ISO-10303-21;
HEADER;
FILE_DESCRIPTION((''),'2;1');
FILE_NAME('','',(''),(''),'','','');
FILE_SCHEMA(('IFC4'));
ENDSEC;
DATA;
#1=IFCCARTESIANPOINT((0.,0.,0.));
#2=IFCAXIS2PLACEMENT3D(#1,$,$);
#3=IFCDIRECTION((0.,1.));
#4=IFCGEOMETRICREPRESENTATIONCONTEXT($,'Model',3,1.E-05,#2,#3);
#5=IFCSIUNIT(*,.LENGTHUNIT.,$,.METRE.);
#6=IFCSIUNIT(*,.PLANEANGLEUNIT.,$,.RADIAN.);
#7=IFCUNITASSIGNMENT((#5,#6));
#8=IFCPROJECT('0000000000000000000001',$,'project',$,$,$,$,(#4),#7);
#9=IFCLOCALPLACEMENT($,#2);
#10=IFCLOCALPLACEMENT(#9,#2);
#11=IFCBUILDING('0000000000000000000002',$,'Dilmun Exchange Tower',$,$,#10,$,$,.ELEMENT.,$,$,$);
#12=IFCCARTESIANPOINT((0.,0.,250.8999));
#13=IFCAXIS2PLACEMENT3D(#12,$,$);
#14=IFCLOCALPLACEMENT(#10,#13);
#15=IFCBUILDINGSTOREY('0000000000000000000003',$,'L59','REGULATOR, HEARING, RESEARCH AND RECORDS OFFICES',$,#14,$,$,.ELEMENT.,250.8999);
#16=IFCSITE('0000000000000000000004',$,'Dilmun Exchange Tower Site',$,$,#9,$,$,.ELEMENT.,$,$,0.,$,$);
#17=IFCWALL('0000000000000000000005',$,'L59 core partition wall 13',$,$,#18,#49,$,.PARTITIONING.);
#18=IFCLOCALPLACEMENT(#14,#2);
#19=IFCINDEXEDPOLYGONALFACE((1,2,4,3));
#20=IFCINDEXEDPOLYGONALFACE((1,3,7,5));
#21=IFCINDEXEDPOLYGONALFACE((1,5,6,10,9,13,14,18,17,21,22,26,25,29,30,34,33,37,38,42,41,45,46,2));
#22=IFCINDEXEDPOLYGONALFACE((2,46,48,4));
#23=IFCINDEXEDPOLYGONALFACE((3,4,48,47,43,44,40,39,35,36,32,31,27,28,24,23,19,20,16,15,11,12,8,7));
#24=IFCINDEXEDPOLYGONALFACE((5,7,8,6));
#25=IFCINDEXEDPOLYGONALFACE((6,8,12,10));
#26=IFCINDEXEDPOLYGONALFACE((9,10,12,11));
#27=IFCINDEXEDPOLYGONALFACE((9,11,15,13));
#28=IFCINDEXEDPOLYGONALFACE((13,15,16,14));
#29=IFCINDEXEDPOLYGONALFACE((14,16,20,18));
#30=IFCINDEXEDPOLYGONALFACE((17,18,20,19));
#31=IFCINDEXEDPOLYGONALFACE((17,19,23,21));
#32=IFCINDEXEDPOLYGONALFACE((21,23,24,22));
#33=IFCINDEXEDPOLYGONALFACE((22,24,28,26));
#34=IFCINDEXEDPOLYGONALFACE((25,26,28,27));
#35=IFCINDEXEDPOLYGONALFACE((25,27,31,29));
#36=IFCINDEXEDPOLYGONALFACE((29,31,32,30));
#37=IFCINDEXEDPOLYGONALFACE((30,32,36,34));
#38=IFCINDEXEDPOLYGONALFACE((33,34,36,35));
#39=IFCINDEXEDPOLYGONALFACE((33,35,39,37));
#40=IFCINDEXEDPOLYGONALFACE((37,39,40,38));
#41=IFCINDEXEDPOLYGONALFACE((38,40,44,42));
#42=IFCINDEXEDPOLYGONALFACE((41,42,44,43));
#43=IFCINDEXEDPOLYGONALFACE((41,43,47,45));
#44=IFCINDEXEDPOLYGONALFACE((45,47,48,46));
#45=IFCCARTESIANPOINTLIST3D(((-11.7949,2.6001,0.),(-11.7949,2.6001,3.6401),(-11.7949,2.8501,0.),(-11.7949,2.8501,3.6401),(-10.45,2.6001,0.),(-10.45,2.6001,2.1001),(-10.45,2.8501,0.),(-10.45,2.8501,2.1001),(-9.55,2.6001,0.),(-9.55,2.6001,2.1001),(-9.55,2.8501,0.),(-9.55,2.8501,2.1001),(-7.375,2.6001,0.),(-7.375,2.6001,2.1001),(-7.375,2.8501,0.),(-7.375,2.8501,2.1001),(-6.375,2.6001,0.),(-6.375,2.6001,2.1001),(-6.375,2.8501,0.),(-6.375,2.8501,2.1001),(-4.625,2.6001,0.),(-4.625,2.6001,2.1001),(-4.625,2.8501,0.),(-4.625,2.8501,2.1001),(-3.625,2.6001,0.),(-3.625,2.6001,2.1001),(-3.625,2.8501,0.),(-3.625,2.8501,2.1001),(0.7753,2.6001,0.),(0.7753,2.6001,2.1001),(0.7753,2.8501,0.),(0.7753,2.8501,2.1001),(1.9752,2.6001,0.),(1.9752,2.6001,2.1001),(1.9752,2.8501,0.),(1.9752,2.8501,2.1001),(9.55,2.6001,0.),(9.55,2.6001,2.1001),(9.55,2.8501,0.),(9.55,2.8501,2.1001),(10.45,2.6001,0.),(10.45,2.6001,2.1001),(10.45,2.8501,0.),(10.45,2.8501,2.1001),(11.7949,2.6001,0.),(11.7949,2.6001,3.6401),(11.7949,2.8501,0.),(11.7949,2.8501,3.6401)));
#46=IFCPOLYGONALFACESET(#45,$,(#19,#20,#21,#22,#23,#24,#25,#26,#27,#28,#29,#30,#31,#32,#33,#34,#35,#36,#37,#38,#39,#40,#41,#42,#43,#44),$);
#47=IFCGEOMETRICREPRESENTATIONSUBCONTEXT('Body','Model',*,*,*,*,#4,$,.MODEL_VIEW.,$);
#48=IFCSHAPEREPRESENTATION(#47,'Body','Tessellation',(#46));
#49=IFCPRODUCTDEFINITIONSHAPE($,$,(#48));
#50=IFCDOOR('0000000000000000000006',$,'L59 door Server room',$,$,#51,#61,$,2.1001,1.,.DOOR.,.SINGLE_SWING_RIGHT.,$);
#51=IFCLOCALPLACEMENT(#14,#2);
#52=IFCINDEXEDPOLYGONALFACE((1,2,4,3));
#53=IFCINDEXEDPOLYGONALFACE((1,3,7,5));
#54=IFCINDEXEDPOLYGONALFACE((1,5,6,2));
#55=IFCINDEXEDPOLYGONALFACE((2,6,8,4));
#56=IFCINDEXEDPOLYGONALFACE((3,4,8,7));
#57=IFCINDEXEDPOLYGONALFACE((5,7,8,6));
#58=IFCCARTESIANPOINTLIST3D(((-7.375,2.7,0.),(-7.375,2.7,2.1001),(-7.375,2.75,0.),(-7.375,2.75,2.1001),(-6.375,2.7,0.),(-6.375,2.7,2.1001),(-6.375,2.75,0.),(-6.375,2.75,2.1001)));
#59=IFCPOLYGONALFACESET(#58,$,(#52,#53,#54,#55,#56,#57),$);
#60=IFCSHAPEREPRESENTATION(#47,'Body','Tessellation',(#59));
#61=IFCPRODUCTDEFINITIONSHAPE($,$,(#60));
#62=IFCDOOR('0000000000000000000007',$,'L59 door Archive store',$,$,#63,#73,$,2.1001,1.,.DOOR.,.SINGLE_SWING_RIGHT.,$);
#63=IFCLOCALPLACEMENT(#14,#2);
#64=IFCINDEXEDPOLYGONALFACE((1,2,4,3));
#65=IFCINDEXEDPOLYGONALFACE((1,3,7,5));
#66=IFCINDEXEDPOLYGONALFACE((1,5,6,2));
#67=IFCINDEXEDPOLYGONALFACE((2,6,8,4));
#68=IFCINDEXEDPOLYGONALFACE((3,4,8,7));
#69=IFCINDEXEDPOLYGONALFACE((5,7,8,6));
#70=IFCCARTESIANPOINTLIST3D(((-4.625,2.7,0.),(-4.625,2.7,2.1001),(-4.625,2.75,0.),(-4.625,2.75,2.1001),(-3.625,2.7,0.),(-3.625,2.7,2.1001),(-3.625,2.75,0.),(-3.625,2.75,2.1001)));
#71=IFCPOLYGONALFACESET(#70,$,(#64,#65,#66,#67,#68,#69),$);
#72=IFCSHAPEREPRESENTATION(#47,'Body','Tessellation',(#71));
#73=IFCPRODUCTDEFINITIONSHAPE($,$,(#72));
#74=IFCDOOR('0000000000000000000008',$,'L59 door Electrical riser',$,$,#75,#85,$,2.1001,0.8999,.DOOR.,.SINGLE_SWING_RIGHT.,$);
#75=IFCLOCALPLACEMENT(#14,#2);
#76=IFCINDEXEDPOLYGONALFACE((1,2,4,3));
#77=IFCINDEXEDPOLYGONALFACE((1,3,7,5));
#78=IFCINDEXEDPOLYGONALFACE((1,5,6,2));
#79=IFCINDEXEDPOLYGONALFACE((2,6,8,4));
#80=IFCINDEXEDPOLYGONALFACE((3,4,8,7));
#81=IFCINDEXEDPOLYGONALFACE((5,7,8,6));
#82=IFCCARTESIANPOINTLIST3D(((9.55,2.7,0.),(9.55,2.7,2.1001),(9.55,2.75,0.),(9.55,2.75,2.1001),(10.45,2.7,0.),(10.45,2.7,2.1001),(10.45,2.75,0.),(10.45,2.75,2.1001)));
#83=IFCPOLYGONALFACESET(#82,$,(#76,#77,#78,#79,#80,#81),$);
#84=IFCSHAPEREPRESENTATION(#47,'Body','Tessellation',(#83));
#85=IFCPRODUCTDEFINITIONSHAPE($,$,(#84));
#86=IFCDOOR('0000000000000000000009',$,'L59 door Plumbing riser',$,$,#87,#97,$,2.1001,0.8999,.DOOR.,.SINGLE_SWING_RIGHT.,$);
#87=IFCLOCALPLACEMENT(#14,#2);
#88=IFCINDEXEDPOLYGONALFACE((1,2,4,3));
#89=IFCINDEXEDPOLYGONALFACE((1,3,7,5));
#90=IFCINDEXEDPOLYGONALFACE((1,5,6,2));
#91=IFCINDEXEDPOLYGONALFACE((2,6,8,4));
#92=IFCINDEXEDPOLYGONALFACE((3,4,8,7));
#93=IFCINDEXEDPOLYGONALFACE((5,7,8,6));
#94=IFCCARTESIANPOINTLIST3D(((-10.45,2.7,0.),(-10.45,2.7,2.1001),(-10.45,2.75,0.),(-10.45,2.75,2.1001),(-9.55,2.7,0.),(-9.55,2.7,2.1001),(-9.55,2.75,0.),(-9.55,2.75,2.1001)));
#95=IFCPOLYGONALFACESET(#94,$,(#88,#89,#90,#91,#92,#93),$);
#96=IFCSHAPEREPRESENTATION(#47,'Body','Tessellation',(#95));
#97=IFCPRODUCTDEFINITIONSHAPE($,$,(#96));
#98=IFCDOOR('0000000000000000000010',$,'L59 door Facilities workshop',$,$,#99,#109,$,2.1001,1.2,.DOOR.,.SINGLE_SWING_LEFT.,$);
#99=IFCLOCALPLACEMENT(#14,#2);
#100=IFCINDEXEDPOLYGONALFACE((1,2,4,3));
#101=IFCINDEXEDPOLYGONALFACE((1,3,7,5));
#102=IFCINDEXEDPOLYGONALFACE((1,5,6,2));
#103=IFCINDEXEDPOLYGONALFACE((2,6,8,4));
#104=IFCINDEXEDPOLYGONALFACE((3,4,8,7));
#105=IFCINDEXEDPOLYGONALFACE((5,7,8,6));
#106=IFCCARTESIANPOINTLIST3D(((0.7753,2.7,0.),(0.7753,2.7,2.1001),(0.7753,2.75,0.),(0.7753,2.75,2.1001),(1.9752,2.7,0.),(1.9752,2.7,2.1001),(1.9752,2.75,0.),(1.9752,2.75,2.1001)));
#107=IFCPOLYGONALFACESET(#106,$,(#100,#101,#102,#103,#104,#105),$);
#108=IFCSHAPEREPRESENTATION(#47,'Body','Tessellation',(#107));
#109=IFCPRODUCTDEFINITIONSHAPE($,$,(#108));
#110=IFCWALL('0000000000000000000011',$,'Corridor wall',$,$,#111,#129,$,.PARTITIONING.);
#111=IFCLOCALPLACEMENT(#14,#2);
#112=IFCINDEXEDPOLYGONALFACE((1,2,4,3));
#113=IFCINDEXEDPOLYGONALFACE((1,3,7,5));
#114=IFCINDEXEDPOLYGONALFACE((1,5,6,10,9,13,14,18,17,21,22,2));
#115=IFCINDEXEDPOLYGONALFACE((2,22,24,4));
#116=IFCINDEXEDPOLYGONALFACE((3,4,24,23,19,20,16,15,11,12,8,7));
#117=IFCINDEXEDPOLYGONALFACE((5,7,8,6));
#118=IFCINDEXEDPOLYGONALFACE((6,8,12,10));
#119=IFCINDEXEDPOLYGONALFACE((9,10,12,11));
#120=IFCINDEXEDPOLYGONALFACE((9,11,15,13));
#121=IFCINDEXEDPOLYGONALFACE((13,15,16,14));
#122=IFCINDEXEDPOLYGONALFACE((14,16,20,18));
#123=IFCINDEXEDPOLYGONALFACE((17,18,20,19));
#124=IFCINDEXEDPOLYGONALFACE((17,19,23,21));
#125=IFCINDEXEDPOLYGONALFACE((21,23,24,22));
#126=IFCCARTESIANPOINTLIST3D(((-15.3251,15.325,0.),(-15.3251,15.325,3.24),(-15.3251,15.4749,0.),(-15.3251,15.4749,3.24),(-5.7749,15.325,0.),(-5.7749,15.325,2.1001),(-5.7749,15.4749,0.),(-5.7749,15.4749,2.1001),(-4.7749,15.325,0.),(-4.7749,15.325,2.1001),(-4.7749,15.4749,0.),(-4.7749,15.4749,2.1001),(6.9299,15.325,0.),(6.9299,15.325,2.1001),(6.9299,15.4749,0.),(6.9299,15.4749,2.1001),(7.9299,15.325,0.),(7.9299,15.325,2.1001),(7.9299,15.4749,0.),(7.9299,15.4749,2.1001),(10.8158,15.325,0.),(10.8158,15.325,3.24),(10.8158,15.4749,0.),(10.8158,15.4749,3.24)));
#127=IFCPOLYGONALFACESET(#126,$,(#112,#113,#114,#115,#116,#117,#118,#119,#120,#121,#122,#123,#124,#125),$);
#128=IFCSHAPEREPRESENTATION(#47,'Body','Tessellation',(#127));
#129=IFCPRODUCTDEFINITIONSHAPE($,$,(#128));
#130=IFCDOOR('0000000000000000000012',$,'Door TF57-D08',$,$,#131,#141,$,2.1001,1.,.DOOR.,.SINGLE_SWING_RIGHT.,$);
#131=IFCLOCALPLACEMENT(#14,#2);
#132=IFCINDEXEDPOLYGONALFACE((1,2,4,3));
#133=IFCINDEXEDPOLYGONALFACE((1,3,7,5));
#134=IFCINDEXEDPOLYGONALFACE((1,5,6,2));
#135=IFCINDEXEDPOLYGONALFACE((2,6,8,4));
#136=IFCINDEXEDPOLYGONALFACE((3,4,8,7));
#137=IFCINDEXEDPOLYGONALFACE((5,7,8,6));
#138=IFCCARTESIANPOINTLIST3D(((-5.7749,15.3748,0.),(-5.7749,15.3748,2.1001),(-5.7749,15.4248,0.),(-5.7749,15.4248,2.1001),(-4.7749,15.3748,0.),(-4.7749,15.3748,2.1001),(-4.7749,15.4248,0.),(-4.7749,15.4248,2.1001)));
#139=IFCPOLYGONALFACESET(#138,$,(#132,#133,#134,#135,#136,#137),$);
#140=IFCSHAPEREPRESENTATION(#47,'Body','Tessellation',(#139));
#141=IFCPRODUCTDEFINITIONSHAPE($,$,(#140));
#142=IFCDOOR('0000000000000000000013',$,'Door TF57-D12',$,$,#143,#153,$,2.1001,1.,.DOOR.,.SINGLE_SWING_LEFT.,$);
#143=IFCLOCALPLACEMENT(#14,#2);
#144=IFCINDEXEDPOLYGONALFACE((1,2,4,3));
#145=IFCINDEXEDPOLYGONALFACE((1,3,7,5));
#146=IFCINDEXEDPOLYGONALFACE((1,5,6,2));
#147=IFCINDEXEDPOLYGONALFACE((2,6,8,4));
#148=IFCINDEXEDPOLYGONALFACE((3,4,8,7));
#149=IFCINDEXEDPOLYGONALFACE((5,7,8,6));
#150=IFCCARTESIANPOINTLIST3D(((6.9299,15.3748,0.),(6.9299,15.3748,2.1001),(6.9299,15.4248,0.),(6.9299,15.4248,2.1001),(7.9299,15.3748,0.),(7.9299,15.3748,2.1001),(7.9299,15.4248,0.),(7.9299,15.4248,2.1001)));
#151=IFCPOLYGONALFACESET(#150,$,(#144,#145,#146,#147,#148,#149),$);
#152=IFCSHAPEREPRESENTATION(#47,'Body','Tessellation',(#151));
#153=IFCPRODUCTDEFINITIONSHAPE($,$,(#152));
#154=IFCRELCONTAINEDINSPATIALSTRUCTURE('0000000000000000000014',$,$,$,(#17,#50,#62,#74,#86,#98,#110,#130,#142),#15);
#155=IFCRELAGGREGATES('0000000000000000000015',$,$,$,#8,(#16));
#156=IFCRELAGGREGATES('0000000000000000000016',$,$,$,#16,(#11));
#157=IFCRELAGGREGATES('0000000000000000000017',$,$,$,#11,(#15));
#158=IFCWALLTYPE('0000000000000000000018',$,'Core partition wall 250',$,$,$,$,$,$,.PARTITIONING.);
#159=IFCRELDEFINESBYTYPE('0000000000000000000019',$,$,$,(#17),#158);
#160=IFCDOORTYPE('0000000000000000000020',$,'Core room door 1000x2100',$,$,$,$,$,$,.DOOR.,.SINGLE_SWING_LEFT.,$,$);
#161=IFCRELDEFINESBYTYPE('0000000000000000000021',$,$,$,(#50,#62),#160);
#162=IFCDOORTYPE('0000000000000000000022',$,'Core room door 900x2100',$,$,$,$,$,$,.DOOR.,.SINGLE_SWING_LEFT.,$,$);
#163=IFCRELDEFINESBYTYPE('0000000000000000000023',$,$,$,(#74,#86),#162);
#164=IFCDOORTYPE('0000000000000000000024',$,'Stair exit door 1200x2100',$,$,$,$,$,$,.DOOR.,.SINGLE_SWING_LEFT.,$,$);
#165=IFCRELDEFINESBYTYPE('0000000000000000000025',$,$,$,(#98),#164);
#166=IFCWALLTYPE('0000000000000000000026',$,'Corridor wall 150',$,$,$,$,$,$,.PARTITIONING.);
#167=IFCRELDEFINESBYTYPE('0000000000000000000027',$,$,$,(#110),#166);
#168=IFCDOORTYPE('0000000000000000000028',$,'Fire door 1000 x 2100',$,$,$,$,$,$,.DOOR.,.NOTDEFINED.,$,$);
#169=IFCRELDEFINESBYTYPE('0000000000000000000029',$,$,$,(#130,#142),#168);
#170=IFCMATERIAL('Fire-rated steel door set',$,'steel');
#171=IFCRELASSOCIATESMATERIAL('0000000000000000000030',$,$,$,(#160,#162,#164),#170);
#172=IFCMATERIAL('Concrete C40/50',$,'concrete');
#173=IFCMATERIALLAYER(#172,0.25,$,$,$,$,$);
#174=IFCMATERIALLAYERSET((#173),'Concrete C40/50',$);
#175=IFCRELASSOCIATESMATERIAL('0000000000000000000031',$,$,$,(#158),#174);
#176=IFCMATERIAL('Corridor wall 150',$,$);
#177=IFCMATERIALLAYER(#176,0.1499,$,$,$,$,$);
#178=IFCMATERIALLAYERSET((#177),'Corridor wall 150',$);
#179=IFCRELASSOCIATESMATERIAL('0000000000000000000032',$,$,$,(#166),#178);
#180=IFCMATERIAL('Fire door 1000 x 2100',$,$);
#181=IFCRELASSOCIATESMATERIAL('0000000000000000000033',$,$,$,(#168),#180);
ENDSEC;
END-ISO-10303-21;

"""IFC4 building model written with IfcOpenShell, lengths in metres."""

from ifc_helpers import new_model, si_unit, direction, frame, frame_2d, origin, place, context, subcontext, project, spatial, rectangle, extrude, material, layer, layer_set, type_object, element, fill, save


model = new_model("IFC4")

# Units and contexts
model_context = context("Model", 3, precision=1e-05, world=origin(), true_north=direction((0.0, 1.0)))
body_context = subcontext(model_context, "Body", "Model", "MODEL_VIEW")
ifc_project = project(units=[si_unit("LENGTHUNIT", "METRE"), si_unit("PLANEANGLEUNIT", "RADIAN")], contexts=[model_context])

# Site, building, storey
site_placement = place(None, origin())
site = spatial("IfcSite", under=ifc_project, at=site_placement, Name="Dilmun Exchange Tower Site", CompositionType="ELEMENT", RefElevation=0.0)
building_placement = place(site_placement, origin())
building = spatial("IfcBuilding", under=site, at=building_placement, Name="Dilmun Exchange Tower", CompositionType="ELEMENT")
storey_placement = place(building_placement, frame((0.0, 0.0, 250.8999)))
storey = spatial("IfcBuildingStorey", under=building, at=storey_placement, Name="L59", Description="REGULATOR, HEARING, RESEARCH AND RECORDS OFFICES", CompositionType="ELEMENT", Elevation=250.8999)

# Shared definitions
ifc_material_1 = material(Name="Concrete C40/50", Category="concrete")

# Shared definitions
ifc_material_2 = material(Name="Fire-rated steel door set", Category="steel")
door_type_1 = type_object("IfcDoorType", Name="Core room door 1000x2100", OperationType="SINGLE_SWING_LEFT", PredefinedType="DOOR", material=ifc_material_2)

# Walls, openings, doors
ifc_layer_1 = layer(ifc_material_1, 0.25)
ifc_layer_set_1 = layer_set([ifc_layer_1], Name="Concrete C40/50")
wall_type_1 = type_object("IfcWallType", Name="Core partition wall 250", PredefinedType="PARTITIONING", material=ifc_layer_set_1)
wall_1_placement = place(storey_placement, frame((-11.7949, 2.7251, 0.0), z_axis=(0.0, 0.0, 1.0), x_axis=(1.0, 0.0, 0.0)))
wall_1 = element("IfcWall", 1, at=wall_1_placement, inside=storey, type_object=wall_type_1, Name="L59 core partition wall 13", PredefinedType="PARTITIONING", context=body_context, shape_type="SweptSolid", body=[
    extrude(rectangle(XDim=23.5898, YDim=0.25, at=frame_2d((11.7949, 0.0))), origin(), (0.0, 0.0, 1.0), 3.6401),
])
opening_1_placement = place(wall_1_placement, frame((21.345, 0.0, 0.0)))
opening_1 = element("IfcOpeningElement", 2, at=opening_1_placement, cuts=wall_1, PredefinedType="OPENING", context=body_context, shape_type="SweptSolid", body=[
    extrude(rectangle(XDim=0.8999, YDim=2.1001, at=frame_2d((0.45, 1.05))), frame((0.0, 0.135, 0.0), z_axis=(0.0, -1.0, 0.0), x_axis=(1.0, 0.0, 0.0)), (0.0, 0.0, 1.0), 0.27),
])
opening_2_placement = place(wall_1_placement, frame((1.345, 0.0, 0.0)))
opening_2 = element("IfcOpeningElement", 3, at=opening_2_placement, cuts=wall_1, PredefinedType="OPENING", context=body_context, shape_type="SweptSolid", body=[
    extrude(rectangle(XDim=0.8999, YDim=2.1001, at=frame_2d((0.45, 1.05))), frame((0.0, 0.135, 0.0), z_axis=(0.0, -1.0, 0.0), x_axis=(1.0, 0.0, 0.0)), (0.0, 0.0, 1.0), 0.27),
])
opening_3_placement = place(wall_1_placement, frame((4.4199, 0.0, 0.0)))
opening_3 = element("IfcOpeningElement", 4, at=opening_3_placement, cuts=wall_1, PredefinedType="OPENING", context=body_context, shape_type="SweptSolid", body=[
    extrude(rectangle(XDim=1.0, YDim=2.1001, at=frame_2d((0.5, 1.05))), frame((0.0, 0.135, 0.0), z_axis=(0.0, -1.0, 0.0), x_axis=(1.0, 0.0, 0.0)), (0.0, 0.0, 1.0), 0.27),
])
opening_4_placement = place(wall_1_placement, frame((7.1699, 0.0, 0.0)))
opening_4 = element("IfcOpeningElement", 5, at=opening_4_placement, cuts=wall_1, PredefinedType="OPENING", context=body_context, shape_type="SweptSolid", body=[
    extrude(rectangle(XDim=1.0, YDim=2.1001, at=frame_2d((0.5, 1.05))), frame((0.0, 0.135, 0.0), z_axis=(0.0, -1.0, 0.0), x_axis=(1.0, 0.0, 0.0)), (0.0, 0.0, 1.0), 0.27),
])
opening_5_placement = place(wall_1_placement, frame((12.5701, 0.0, 0.0)))
opening_5 = element("IfcOpeningElement", 6, at=opening_5_placement, cuts=wall_1, PredefinedType="OPENING", context=body_context, shape_type="SweptSolid", body=[
    extrude(rectangle(XDim=1.2, YDim=2.1001, at=frame_2d((0.6001, 1.05))), frame((0.0, 0.135, 0.0), z_axis=(0.0, -1.0, 0.0), x_axis=(1.0, 0.0, 0.0)), (0.0, 0.0, 1.0), 0.27),
])
door_1_placement = place(opening_3_placement, origin())
door_1 = element("IfcDoor", 7, at=door_1_placement, inside=storey, type_object=door_type_1, Name="L59 door Server room", OperationType="SINGLE_SWING_RIGHT", OverallHeight=2.1001, OverallWidth=1.0, PredefinedType="DOOR", context=body_context, shape_type="SweptSolid", body=[
    extrude(rectangle(XDim=1.0, YDim=2.1001, at=frame_2d((0.5, 1.05))), frame((0.0, 0.0249, 0.0), z_axis=(0.0, -1.0, 0.0), x_axis=(1.0, 0.0, 0.0)), (0.0, 0.0, 1.0), 0.05),
])
fill(opening_3, door_1)
door_2_placement = place(opening_4_placement, origin())
door_2 = element("IfcDoor", 8, at=door_2_placement, inside=storey, type_object=door_type_1, Name="L59 door Archive store", OperationType="SINGLE_SWING_RIGHT", OverallHeight=2.1001, OverallWidth=1.0, PredefinedType="DOOR", context=body_context, shape_type="SweptSolid", body=[
    extrude(rectangle(XDim=1.0, YDim=2.1001, at=frame_2d((0.5, 1.05))), frame((0.0, 0.0249, 0.0), z_axis=(0.0, -1.0, 0.0), x_axis=(1.0, 0.0, 0.0)), (0.0, 0.0, 1.0), 0.05),
])
fill(opening_4, door_2)
door_type_2 = type_object("IfcDoorType", Name="Core room door 900x2100", OperationType="SINGLE_SWING_LEFT", PredefinedType="DOOR", material=ifc_material_2)
door_3_placement = place(opening_1_placement, origin())
door_3 = element("IfcDoor", 9, at=door_3_placement, inside=storey, type_object=door_type_2, Name="L59 door Electrical riser", OperationType="SINGLE_SWING_RIGHT", OverallHeight=2.1001, OverallWidth=0.8999, PredefinedType="DOOR", context=body_context, shape_type="SweptSolid", body=[
    extrude(rectangle(XDim=0.8999, YDim=2.1001, at=frame_2d((0.45, 1.05))), frame((0.0, 0.0249, 0.0), z_axis=(0.0, -1.0, 0.0), x_axis=(1.0, 0.0, 0.0)), (0.0, 0.0, 1.0), 0.05),
])
fill(opening_1, door_3)
door_4_placement = place(opening_2_placement, origin())
door_4 = element("IfcDoor", 10, at=door_4_placement, inside=storey, type_object=door_type_2, Name="L59 door Plumbing riser", OperationType="SINGLE_SWING_RIGHT", OverallHeight=2.1001, OverallWidth=0.8999, PredefinedType="DOOR", context=body_context, shape_type="SweptSolid", body=[
    extrude(rectangle(XDim=0.8999, YDim=2.1001, at=frame_2d((0.45, 1.05))), frame((0.0, 0.0249, 0.0), z_axis=(0.0, -1.0, 0.0), x_axis=(1.0, 0.0, 0.0)), (0.0, 0.0, 1.0), 0.05),
])
fill(opening_2, door_4)
door_type_3 = type_object("IfcDoorType", Name="Stair exit door 1200x2100", OperationType="SINGLE_SWING_LEFT", PredefinedType="DOOR", material=ifc_material_2)
door_5_placement = place(opening_5_placement, origin())
door_5 = element("IfcDoor", 11, at=door_5_placement, inside=storey, type_object=door_type_3, Name="L59 door Facilities workshop", OperationType="SINGLE_SWING_LEFT", OverallHeight=2.1001, OverallWidth=1.2, PredefinedType="DOOR", context=body_context, shape_type="SweptSolid", body=[
    extrude(rectangle(XDim=1.2, YDim=2.1001, at=frame_2d((0.6001, 1.05))), frame((0.0, 0.0249, 0.0), z_axis=(0.0, -1.0, 0.0), x_axis=(1.0, 0.0, 0.0)), (0.0, 0.0, 1.0), 0.05),
])
fill(opening_5, door_5)
ifc_material_3 = material(Name="Corridor wall 150")
ifc_layer_2 = layer(ifc_material_3, 0.1499)
ifc_layer_set_2 = layer_set([ifc_layer_2], Name="Corridor wall 150")
wall_type_2 = type_object("IfcWallType", Name="Corridor wall 150", PredefinedType="PARTITIONING", material=ifc_layer_set_2)
wall_2_placement = place(storey_placement, frame((-15.325, 15.3999, 0.0), z_axis=(0.0, 0.0, 1.0), x_axis=(1.0, 0.0, 0.0)))
wall_2 = element("IfcWall", 12, at=wall_2_placement, inside=storey, type_object=wall_type_2, Name="Corridor wall", PredefinedType="PARTITIONING", context=body_context, shape_type="SweptSolid", body=[
    extrude(rectangle(XDim=26.1409, YDim=0.1499, at=frame_2d((13.0703, 0.0))), origin(), (0.0, 0.0, 1.0), 3.24),
])
opening_6_placement = place(wall_2_placement, frame((9.55, 0.0, 0.0)))
opening_6 = element("IfcOpeningElement", 13, at=opening_6_placement, cuts=wall_2, PredefinedType="OPENING", context=body_context, shape_type="SweptSolid", body=[
    extrude(rectangle(XDim=1.0, YDim=2.1001, at=frame_2d((0.5, 1.05))), frame((0.0, 0.085, 0.0), z_axis=(0.0, -1.0, 0.0), x_axis=(1.0, 0.0, 0.0)), (0.0, 0.0, 1.0), 0.1699),
])
opening_7_placement = place(wall_2_placement, frame((22.2549, 0.0, 0.0)))
opening_7 = element("IfcOpeningElement", 14, at=opening_7_placement, cuts=wall_2, PredefinedType="OPENING", context=body_context, shape_type="SweptSolid", body=[
    extrude(rectangle(XDim=1.0, YDim=2.1001, at=frame_2d((0.5, 1.05))), frame((0.0, 0.085, 0.0), z_axis=(0.0, -1.0, 0.0), x_axis=(1.0, 0.0, 0.0)), (0.0, 0.0, 1.0), 0.1699),
])
ifc_material_4 = material(Name="Fire door 1000 x 2100")
door_type_4 = type_object("IfcDoorType", Name="Fire door 1000 x 2100", OperationType="NOTDEFINED", PredefinedType="DOOR", material=ifc_material_4)
door_6_placement = place(opening_6_placement, origin())
door_6 = element("IfcDoor", 15, at=door_6_placement, inside=storey, type_object=door_type_4, Name="Door TF57-D08", OperationType="SINGLE_SWING_RIGHT", OverallHeight=2.1001, OverallWidth=1.0, PredefinedType="DOOR", context=body_context, shape_type="SweptSolid", body=[
    extrude(rectangle(XDim=1.0, YDim=2.1001, at=frame_2d((0.5, 1.05))), frame((0.0, 0.0249, 0.0), z_axis=(0.0, -1.0, 0.0), x_axis=(1.0, 0.0, 0.0)), (0.0, 0.0, 1.0), 0.05),
])
fill(opening_6, door_6)
door_7_placement = place(opening_7_placement, origin())
door_7 = element("IfcDoor", 16, at=door_7_placement, inside=storey, type_object=door_type_4, Name="Door TF57-D12", OperationType="SINGLE_SWING_LEFT", OverallHeight=2.1001, OverallWidth=1.0, PredefinedType="DOOR", context=body_context, shape_type="SweptSolid", body=[
    extrude(rectangle(XDim=1.0, YDim=2.1001, at=frame_2d((0.5, 1.05))), frame((0.0, 0.0249, 0.0), z_axis=(0.0, -1.0, 0.0), x_axis=(1.0, 0.0, 0.0)), (0.0, 0.0, 1.0), 0.05),
])
fill(opening_7, door_7)

save(model, "model.ifc")
